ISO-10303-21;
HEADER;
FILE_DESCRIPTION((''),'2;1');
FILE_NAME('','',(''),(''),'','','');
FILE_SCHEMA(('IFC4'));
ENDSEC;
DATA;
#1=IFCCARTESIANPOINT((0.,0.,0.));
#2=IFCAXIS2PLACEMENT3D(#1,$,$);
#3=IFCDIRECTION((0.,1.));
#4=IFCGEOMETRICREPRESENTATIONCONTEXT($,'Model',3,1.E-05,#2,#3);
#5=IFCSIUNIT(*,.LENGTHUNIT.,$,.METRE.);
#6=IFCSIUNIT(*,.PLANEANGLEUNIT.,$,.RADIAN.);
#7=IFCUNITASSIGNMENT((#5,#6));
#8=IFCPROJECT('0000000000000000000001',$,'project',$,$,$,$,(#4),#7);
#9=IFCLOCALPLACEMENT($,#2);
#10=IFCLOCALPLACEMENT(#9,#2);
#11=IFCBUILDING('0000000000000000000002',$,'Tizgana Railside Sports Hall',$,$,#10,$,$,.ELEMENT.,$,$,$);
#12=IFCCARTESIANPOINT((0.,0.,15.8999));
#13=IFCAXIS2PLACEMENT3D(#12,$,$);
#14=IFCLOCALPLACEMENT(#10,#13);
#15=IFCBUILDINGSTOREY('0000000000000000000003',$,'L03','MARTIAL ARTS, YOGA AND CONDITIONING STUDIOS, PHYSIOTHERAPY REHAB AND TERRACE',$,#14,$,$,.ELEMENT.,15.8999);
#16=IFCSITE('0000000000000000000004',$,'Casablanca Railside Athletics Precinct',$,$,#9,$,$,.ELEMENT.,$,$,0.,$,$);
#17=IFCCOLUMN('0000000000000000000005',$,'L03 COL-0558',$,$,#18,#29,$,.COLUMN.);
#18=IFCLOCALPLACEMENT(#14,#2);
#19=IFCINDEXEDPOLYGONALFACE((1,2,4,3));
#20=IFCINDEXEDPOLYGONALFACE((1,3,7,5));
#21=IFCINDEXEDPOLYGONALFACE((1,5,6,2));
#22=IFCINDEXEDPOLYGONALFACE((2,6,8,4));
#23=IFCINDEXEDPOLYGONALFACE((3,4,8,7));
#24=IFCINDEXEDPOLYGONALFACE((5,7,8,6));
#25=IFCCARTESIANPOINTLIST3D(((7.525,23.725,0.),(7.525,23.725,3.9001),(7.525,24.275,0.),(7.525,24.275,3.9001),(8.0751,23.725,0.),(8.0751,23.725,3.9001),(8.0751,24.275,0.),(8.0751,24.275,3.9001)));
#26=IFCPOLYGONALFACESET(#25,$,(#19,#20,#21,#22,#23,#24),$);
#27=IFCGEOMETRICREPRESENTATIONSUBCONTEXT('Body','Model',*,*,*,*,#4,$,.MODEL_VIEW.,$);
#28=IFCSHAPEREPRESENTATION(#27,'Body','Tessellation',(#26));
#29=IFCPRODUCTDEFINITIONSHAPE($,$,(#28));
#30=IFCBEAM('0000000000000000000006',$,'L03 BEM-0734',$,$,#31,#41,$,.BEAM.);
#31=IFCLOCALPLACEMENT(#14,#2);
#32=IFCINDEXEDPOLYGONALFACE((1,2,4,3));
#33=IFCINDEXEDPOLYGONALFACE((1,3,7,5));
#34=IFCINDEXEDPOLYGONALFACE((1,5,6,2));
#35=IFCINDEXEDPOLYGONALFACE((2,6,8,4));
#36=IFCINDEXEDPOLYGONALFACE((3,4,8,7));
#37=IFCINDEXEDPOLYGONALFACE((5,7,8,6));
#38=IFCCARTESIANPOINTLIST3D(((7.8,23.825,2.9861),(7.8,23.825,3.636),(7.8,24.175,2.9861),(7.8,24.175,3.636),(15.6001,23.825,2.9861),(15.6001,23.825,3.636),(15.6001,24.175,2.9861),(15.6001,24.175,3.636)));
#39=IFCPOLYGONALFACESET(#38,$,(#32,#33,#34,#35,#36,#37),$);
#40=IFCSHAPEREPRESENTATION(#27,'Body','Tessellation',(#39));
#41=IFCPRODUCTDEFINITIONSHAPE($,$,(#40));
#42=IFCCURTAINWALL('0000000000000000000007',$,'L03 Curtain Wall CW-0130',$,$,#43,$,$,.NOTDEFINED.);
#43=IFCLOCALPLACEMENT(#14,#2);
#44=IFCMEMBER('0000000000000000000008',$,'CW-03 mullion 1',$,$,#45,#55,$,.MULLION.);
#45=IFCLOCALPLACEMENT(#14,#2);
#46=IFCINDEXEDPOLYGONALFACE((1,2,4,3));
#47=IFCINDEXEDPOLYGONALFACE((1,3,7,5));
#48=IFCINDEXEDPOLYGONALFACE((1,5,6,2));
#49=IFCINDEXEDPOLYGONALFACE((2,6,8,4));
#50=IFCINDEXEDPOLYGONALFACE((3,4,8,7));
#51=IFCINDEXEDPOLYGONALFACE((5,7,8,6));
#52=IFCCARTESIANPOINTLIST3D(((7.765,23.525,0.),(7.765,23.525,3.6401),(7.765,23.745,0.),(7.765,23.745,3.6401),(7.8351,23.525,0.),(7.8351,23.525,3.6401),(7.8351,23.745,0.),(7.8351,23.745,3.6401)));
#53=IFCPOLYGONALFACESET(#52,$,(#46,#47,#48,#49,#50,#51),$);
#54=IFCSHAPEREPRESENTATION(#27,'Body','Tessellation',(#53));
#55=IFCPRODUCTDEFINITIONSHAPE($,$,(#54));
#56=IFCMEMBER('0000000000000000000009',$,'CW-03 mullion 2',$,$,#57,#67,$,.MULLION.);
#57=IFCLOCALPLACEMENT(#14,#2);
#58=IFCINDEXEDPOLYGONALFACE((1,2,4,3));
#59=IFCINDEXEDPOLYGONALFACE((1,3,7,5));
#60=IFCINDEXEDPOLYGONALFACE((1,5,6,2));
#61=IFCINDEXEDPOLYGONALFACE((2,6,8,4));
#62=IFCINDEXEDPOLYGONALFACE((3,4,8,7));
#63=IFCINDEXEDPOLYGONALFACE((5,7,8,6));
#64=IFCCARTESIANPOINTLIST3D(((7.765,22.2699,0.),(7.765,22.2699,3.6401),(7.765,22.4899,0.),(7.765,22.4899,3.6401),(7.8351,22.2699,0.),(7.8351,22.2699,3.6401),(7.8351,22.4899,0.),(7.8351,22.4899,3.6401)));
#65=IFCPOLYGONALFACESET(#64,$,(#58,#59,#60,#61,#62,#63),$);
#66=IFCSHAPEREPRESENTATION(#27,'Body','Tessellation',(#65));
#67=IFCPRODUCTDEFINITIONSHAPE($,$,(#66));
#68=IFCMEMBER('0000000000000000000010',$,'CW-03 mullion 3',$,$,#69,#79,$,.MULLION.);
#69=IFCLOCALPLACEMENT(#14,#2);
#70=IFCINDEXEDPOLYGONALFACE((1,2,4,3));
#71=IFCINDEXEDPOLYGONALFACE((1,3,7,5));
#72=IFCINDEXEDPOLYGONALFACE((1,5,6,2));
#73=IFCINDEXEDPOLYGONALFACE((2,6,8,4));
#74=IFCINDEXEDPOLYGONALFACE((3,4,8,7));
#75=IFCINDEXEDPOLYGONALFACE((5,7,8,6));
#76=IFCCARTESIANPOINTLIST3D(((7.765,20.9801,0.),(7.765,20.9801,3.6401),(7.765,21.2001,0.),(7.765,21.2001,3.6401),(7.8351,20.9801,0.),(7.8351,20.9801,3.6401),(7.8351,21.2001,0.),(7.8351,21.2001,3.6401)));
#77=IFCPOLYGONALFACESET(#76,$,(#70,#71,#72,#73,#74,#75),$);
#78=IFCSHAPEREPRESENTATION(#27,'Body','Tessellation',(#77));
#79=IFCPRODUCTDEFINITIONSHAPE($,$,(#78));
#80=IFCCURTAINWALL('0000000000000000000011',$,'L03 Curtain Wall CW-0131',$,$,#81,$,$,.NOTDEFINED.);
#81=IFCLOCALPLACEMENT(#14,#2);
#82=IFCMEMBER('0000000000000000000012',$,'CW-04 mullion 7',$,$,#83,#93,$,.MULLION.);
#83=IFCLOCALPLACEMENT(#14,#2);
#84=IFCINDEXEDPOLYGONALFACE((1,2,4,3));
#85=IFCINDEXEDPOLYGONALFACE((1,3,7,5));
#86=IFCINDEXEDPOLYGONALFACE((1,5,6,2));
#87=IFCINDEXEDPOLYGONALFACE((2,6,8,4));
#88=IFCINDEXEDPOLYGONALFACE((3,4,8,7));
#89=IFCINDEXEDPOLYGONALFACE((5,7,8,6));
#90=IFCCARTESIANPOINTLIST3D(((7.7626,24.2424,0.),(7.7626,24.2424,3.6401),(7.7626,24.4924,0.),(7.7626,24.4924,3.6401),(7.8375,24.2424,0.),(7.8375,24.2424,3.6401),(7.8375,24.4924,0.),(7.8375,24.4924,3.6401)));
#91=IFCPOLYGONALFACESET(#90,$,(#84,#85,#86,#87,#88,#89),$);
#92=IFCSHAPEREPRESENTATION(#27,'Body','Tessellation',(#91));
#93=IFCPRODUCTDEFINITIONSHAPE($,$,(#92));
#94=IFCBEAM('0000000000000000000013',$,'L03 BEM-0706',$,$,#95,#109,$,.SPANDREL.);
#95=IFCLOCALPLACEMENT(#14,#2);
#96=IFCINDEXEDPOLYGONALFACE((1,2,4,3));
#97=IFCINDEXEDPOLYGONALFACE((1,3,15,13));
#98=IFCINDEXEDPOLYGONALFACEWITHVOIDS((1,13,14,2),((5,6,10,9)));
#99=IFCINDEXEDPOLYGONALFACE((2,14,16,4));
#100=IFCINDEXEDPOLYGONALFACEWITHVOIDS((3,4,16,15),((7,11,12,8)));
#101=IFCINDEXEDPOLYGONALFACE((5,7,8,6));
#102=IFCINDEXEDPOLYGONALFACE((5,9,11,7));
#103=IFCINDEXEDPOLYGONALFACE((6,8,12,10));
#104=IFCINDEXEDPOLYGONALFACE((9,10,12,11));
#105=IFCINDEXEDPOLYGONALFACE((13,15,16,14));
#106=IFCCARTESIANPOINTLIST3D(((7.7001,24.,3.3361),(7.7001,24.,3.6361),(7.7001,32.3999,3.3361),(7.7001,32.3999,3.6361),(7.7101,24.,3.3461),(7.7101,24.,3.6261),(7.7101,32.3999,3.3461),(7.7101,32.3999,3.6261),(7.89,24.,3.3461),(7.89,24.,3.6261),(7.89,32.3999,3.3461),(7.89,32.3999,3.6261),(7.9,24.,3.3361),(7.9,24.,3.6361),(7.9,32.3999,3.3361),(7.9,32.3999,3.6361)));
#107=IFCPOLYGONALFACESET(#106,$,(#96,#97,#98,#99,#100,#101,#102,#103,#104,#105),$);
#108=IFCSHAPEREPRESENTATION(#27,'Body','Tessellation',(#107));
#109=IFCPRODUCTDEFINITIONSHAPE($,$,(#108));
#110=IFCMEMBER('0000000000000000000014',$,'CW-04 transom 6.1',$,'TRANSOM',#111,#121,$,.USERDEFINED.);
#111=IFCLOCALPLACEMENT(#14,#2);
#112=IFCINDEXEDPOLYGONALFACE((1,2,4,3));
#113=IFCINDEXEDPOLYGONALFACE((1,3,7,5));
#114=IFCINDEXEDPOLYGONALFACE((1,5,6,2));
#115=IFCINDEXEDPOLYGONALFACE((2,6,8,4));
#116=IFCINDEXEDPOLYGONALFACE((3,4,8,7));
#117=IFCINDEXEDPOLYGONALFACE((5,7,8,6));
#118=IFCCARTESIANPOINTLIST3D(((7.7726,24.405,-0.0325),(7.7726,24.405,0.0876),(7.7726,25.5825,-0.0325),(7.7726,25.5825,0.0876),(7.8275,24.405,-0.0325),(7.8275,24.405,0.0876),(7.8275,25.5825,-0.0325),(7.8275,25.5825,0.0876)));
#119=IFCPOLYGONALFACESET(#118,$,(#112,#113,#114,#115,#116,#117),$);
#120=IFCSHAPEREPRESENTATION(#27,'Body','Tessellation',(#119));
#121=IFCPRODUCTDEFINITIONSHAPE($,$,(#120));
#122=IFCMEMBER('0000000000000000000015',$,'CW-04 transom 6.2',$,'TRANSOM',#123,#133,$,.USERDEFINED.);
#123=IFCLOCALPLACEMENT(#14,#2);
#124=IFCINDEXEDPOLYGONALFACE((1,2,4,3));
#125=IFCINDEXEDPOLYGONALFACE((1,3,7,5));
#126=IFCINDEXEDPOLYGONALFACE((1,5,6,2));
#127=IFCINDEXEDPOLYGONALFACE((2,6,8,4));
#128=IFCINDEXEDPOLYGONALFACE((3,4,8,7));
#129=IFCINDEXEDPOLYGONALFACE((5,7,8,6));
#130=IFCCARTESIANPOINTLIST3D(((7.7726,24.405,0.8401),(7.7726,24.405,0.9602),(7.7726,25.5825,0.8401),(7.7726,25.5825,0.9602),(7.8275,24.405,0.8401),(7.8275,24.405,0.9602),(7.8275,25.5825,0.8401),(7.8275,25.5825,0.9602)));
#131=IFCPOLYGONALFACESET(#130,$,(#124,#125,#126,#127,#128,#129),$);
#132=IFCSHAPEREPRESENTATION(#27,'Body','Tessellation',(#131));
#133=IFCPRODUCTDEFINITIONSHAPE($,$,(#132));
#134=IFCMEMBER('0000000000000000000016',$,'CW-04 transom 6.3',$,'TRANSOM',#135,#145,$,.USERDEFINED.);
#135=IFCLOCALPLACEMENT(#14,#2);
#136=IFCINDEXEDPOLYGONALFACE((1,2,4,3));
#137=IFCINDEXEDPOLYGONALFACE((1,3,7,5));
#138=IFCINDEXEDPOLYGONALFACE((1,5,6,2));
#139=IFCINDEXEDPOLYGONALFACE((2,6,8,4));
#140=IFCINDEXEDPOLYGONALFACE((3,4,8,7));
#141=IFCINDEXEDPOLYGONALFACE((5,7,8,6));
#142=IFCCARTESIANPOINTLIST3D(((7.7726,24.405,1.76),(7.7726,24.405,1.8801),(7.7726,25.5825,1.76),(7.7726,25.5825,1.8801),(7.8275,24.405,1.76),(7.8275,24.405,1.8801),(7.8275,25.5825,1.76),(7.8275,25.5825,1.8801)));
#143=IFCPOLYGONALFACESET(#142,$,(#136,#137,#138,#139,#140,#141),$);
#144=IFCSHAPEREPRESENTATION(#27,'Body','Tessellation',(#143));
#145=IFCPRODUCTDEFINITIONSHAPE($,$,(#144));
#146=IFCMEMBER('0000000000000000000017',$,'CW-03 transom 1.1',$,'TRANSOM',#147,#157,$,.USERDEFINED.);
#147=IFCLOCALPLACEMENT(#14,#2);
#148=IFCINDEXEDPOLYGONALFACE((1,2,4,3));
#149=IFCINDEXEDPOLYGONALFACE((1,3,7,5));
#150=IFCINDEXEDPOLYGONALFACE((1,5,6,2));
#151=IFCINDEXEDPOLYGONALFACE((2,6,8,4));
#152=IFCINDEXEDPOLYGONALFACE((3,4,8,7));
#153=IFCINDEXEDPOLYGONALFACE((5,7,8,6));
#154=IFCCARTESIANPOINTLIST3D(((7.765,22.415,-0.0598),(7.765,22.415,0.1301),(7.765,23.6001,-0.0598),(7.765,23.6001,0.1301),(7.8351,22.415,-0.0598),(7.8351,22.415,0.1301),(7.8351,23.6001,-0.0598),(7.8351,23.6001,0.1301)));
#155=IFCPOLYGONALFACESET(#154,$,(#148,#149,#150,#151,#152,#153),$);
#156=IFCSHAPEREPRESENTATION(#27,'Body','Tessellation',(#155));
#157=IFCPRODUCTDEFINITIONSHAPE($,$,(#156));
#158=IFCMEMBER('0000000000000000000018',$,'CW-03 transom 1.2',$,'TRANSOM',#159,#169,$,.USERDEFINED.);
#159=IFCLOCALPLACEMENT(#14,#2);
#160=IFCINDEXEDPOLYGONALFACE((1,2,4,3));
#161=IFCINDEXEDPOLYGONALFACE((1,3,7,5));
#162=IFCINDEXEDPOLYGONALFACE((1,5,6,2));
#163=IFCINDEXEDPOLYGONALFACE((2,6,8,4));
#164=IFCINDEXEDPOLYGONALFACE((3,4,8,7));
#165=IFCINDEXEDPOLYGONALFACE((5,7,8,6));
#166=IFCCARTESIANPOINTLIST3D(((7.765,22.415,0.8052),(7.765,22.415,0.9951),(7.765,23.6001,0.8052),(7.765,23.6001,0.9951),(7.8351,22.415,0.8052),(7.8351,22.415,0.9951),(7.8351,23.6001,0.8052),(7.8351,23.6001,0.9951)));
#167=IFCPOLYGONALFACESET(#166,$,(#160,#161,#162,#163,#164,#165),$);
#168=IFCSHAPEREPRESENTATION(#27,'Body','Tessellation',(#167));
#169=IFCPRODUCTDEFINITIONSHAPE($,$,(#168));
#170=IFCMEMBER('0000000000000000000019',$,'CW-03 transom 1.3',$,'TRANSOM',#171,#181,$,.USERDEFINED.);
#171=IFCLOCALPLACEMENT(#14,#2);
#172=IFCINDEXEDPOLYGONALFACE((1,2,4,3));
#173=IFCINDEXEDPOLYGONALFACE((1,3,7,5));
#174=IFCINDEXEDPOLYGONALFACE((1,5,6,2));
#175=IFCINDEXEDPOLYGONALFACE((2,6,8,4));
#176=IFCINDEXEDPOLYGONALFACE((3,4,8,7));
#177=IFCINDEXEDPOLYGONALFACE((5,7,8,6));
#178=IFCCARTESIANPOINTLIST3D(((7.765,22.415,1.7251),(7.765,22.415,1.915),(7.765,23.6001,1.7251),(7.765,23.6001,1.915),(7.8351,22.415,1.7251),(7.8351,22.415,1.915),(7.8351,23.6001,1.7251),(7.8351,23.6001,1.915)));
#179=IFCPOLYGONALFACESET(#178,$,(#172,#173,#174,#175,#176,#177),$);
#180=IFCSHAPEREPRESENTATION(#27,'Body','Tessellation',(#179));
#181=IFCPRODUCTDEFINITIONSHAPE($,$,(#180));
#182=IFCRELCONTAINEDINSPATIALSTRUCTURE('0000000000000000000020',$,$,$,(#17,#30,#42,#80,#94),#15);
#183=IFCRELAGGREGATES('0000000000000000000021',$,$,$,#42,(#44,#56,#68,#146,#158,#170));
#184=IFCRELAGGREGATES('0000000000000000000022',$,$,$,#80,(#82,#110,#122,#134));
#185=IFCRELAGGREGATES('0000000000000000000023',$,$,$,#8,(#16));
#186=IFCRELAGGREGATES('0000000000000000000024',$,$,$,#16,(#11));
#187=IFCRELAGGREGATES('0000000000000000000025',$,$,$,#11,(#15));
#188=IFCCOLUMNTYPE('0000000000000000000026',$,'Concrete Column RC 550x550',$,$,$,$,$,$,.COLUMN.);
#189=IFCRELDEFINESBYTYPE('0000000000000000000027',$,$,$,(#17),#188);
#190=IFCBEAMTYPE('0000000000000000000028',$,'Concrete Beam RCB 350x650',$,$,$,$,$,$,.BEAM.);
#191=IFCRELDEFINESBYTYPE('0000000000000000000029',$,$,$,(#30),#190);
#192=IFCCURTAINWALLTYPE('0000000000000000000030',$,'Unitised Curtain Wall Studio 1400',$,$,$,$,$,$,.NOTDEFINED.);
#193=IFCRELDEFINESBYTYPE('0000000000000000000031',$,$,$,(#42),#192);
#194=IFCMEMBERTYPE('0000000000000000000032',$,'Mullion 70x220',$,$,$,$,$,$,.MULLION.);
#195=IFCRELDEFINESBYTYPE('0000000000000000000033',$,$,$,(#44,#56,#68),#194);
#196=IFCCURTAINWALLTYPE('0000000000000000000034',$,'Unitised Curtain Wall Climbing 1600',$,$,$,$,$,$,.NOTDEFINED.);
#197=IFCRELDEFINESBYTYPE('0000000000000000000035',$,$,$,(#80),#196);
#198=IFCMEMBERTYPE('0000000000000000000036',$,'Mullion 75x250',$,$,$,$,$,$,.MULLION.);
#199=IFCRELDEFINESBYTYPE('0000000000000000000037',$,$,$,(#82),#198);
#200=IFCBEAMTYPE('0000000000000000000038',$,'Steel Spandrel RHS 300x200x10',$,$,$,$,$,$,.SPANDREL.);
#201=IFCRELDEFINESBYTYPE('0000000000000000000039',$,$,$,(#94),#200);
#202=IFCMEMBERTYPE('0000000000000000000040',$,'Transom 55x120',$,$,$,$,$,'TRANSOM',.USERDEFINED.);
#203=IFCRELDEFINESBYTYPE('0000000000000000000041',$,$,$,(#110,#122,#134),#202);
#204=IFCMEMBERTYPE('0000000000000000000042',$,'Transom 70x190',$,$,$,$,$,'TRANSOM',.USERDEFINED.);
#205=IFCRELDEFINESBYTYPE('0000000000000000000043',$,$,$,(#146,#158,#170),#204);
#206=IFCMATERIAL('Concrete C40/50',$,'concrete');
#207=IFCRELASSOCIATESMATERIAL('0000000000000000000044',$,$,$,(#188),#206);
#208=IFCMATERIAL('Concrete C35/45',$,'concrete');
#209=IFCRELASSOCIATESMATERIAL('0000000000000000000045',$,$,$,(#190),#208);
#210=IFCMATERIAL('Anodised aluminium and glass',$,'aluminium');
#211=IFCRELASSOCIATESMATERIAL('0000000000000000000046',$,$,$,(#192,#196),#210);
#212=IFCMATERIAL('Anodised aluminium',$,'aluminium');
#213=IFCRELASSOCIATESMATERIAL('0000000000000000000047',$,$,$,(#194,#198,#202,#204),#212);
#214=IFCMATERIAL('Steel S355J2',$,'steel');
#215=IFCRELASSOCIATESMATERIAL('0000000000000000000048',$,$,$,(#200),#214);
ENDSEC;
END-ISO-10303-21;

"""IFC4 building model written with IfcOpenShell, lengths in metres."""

from ifc_helpers import new_model, si_unit, direction, frame, origin, origin_2d, place, context, subcontext, project, spatial, rectangle, hollow_rectangle, extrude, material, material_profile, profile_set, type_object, element, aggregate, save


model = new_model("IFC4")

# Units and contexts
model_context = context("Model", 3, precision=1e-05, world=origin(), true_north=direction((0.0, 1.0)))
body_context = subcontext(model_context, "Body", "Model", "MODEL_VIEW")
ifc_project = project(units=[si_unit("LENGTHUNIT", "METRE"), si_unit("PLANEANGLEUNIT", "RADIAN")], contexts=[model_context])

# Site, building, storey
site_placement = place(None, origin())
site = spatial("IfcSite", under=ifc_project, at=site_placement, Name="Casablanca Railside Athletics Precinct", CompositionType="ELEMENT", RefElevation=0.0)
building_placement = place(site_placement, origin())
building = spatial("IfcBuilding", under=site, at=building_placement, Name="Tizgana Railside Sports Hall", CompositionType="ELEMENT")
storey_placement = place(building_placement, frame((0.0, 0.0, 15.8999)))
storey = spatial("IfcBuildingStorey", under=building, at=storey_placement, Name="L03", Description="MARTIAL ARTS, YOGA AND CONDITIONING STUDIOS, PHYSIOTHERAPY REHAB AND TERRACE", CompositionType="ELEMENT", Elevation=15.8999)

# Column
ifc_material_1 = material(Name="Concrete C40/50", Category="concrete")
ifc_material_profile_1 = material_profile(ifc_material_1, rectangle(XDim=0.55, YDim=0.55, at=origin_2d()), Name="RC 550x550")
ifc_profile_set_1 = profile_set([ifc_material_profile_1], Name="Concrete C40/50")
column_type = type_object("IfcColumnType", Name="Concrete Column RC 550x550", PredefinedType="COLUMN", material=ifc_profile_set_1)
column_placement = place(storey_placement, frame((7.8, 24.0, 0.0), z_axis=(0.0, 0.0, 1.0), x_axis=(1.0, 0.0, 0.0)))
element("IfcColumn", 1, at=column_placement, inside=storey, type_object=column_type, Name="L03 COL-0558", PredefinedType="COLUMN", context=body_context, shape_type="SweptSolid", body=[
    extrude(rectangle(XDim=0.55, YDim=0.55, at=origin_2d()), origin(), (0.0, 0.0, 1.0), 3.9001),
])

# Beam
ifc_material_2 = material(Name="Concrete C35/45", Category="concrete")
ifc_material_profile_2 = material_profile(ifc_material_2, rectangle(XDim=0.3501, YDim=0.6499, at=origin_2d()), Name="RCB 350x650")
ifc_profile_set_2 = profile_set([ifc_material_profile_2], Name="Concrete C35/45")
beam_type_1 = type_object("IfcBeamType", Name="Concrete Beam RCB 350x650", PredefinedType="BEAM", material=ifc_profile_set_2)
beam_1_placement = place(storey_placement, frame((7.8, 24.0, 3.311), z_axis=(1.0, 0.0, 0.0), x_axis=(0.0, 1.0, 0.0)))
element("IfcBeam", 2, at=beam_1_placement, inside=storey, type_object=beam_type_1, Name="L03 BEM-0734", PredefinedType="BEAM", context=body_context, shape_type="SweptSolid", body=[
    extrude(rectangle(XDim=0.3501, YDim=0.6499, at=origin_2d()), origin(), (0.0, 0.0, 1.0), 7.8),
])

# Curtain wall, members
ifc_material_3 = material(Name="Anodised aluminium and glass", Category="aluminium")
curtain_wall_type_1 = type_object("IfcCurtainWallType", Name="Unitised Curtain Wall Studio 1400", PredefinedType="NOTDEFINED", material=ifc_material_3)
curtain_wall_1_placement = place(storey_placement, origin())
curtain_wall_1 = element("IfcCurtainWall", 3, at=curtain_wall_1_placement, inside=storey, type_object=curtain_wall_type_1, Name="L03 Curtain Wall CW-0130", PredefinedType="NOTDEFINED")
ifc_material_4 = material(Name="Anodised aluminium", Category="aluminium")
ifc_material_profile_3 = material_profile(ifc_material_4, rectangle(XDim=0.0701, YDim=0.22, at=origin_2d()), Name="Mullion 70x220")
ifc_profile_set_3 = profile_set([ifc_material_profile_3], Name="Anodised aluminium")
member_type_1 = type_object("IfcMemberType", Name="Mullion 70x220", PredefinedType="MULLION", material=ifc_profile_set_3)
member_1_placement = place(storey_placement, frame((7.8, 23.635, 0.0), z_axis=(0.0, 0.0, 1.0), x_axis=(1.0, 0.0, 0.0)))
member_1 = element("IfcMember", 4, at=member_1_placement, type_object=member_type_1, Name="CW-03 mullion 1", PredefinedType="MULLION", context=body_context, shape_type="SweptSolid", body=[
    extrude(rectangle(XDim=0.0701, YDim=0.22, at=origin_2d()), origin(), (0.0, 0.0, 1.0), 3.6401),
])
member_2_placement = place(storey_placement, frame((7.8, 22.3799, 0.0), z_axis=(0.0, 0.0, 1.0), x_axis=(1.0, 0.0, 0.0)))
member_2 = element("IfcMember", 5, at=member_2_placement, type_object=member_type_1, Name="CW-03 mullion 2", PredefinedType="MULLION", context=body_context, shape_type="SweptSolid", body=[
    extrude(rectangle(XDim=0.0701, YDim=0.22, at=origin_2d()), origin(), (0.0, 0.0, 1.0), 3.6401),
])
member_3_placement = place(storey_placement, frame((7.8, 21.0901, 0.0), z_axis=(0.0, 0.0, 1.0), x_axis=(1.0, 0.0, 0.0)))
member_3 = element("IfcMember", 6, at=member_3_placement, type_object=member_type_1, Name="CW-03 mullion 3", PredefinedType="MULLION", context=body_context, shape_type="SweptSolid", body=[
    extrude(rectangle(XDim=0.0701, YDim=0.22, at=origin_2d()), origin(), (0.0, 0.0, 1.0), 3.6401),
])

# Curtain wall, member
curtain_wall_type_2 = type_object("IfcCurtainWallType", Name="Unitised Curtain Wall Climbing 1600", PredefinedType="NOTDEFINED", material=ifc_material_3)
curtain_wall_2_placement = place(storey_placement, origin())
curtain_wall_2 = element("IfcCurtainWall", 7, at=curtain_wall_2_placement, inside=storey, type_object=curtain_wall_type_2, Name="L03 Curtain Wall CW-0131", PredefinedType="NOTDEFINED")
ifc_material_profile_4 = material_profile(ifc_material_4, rectangle(XDim=0.075, YDim=0.25, at=origin_2d()), Name="Mullion 75x250")
ifc_profile_set_4 = profile_set([ifc_material_profile_4], Name="Anodised aluminium")
member_type_2 = type_object("IfcMemberType", Name="Mullion 75x250", PredefinedType="MULLION", material=ifc_profile_set_4)
member_4_placement = place(storey_placement, frame((7.8, 24.3674, 0.0), z_axis=(0.0, 0.0, 1.0), x_axis=(1.0, 0.0, 0.0)))
member_4 = element("IfcMember", 8, at=member_4_placement, type_object=member_type_2, Name="CW-04 mullion 7", PredefinedType="MULLION", context=body_context, shape_type="SweptSolid", body=[
    extrude(rectangle(XDim=0.075, YDim=0.25, at=origin_2d()), origin(), (0.0, 0.0, 1.0), 3.6401),
])

# Beam
ifc_material_5 = material(Name="Steel S355J2", Category="steel")
ifc_material_profile_5 = material_profile(ifc_material_5, hollow_rectangle(XDim=0.2, YDim=0.3, WallThickness=0.01, at=origin_2d()), Name="RHS 300x200x10")
ifc_profile_set_5 = profile_set([ifc_material_profile_5], Name="Steel S355J2")
beam_type_2 = type_object("IfcBeamType", Name="Steel Spandrel RHS 300x200x10", PredefinedType="SPANDREL", material=ifc_profile_set_5)
beam_2_placement = place(storey_placement, frame((7.8, 24.0, 3.4861), z_axis=(0.0, 1.0, 0.0), x_axis=(-1.0, 0.0, 0.0)))
element("IfcBeam", 9, at=beam_2_placement, inside=storey, type_object=beam_type_2, Name="L03 BEM-0706", PredefinedType="SPANDREL", context=body_context, shape_type="SweptSolid", body=[
    extrude(hollow_rectangle(XDim=0.2, YDim=0.3, WallThickness=0.01, at=origin_2d()), origin(), (0.0, 0.0, 1.0), 8.3999),
])

# Members
ifc_material_profile_6 = material_profile(ifc_material_4, rectangle(XDim=0.0549, YDim=0.1201, at=origin_2d()), Name="Transom 55x120")
ifc_profile_set_6 = profile_set([ifc_material_profile_6], Name="Anodised aluminium")
member_type_3 = type_object("IfcMemberType", Name="Transom 55x120", ElementType="TRANSOM", PredefinedType="USERDEFINED", material=ifc_profile_set_6)
member_5_placement = place(storey_placement, frame((7.8, 25.5825, 0.0276), z_axis=(0.0, -1.0, 0.0), x_axis=(1.0, 0.0, 0.0)))
member_5 = element("IfcMember", 10, at=member_5_placement, type_object=member_type_3, Name="CW-04 transom 6.1", ObjectType="TRANSOM", PredefinedType="USERDEFINED", context=body_context, shape_type="SweptSolid", body=[
    extrude(rectangle(XDim=0.0549, YDim=0.1201, at=origin_2d()), origin(), (0.0, 0.0, 1.0), 1.1775),
])
member_6_placement = place(storey_placement, frame((7.8, 25.5825, 0.9001), z_axis=(0.0, -1.0, 0.0), x_axis=(1.0, 0.0, 0.0)))
member_6 = element("IfcMember", 11, at=member_6_placement, type_object=member_type_3, Name="CW-04 transom 6.2", ObjectType="TRANSOM", PredefinedType="USERDEFINED", context=body_context, shape_type="SweptSolid", body=[
    extrude(rectangle(XDim=0.0549, YDim=0.1201, at=origin_2d()), origin(), (0.0, 0.0, 1.0), 1.1775),
])
member_7_placement = place(storey_placement, frame((7.8, 25.5825, 1.8201), z_axis=(0.0, -1.0, 0.0), x_axis=(1.0, 0.0, 0.0)))
member_7 = element("IfcMember", 12, at=member_7_placement, type_object=member_type_3, Name="CW-04 transom 6.3", ObjectType="TRANSOM", PredefinedType="USERDEFINED", context=body_context, shape_type="SweptSolid", body=[
    extrude(rectangle(XDim=0.0549, YDim=0.1201, at=origin_2d()), origin(), (0.0, 0.0, 1.0), 1.1775),
])
ifc_material_profile_7 = material_profile(ifc_material_4, rectangle(XDim=0.0701, YDim=0.1899, at=origin_2d()), Name="Transom 70x190")
ifc_profile_set_7 = profile_set([ifc_material_profile_7], Name="Anodised aluminium")
member_type_4 = type_object("IfcMemberType", Name="Transom 70x190", ElementType="TRANSOM", PredefinedType="USERDEFINED", material=ifc_profile_set_7)
member_8_placement = place(storey_placement, frame((7.8, 23.6001, 0.0352), z_axis=(0.0, -1.0, 0.0), x_axis=(1.0, 0.0, 0.0)))
member_8 = element("IfcMember", 13, at=member_8_placement, type_object=member_type_4, Name="CW-03 transom 1.1", ObjectType="TRANSOM", PredefinedType="USERDEFINED", context=body_context, shape_type="SweptSolid", body=[
    extrude(rectangle(XDim=0.0701, YDim=0.1899, at=origin_2d()), origin(), (0.0, 0.0, 1.0), 1.1851),
])
member_9_placement = place(storey_placement, frame((7.8, 23.6001, 0.9001), z_axis=(0.0, -1.0, 0.0), x_axis=(1.0, 0.0, 0.0)))
member_9 = element("IfcMember", 14, at=member_9_placement, type_object=member_type_4, Name="CW-03 transom 1.2", ObjectType="TRANSOM", PredefinedType="USERDEFINED", context=body_context, shape_type="SweptSolid", body=[
    extrude(rectangle(XDim=0.0701, YDim=0.1899, at=origin_2d()), origin(), (0.0, 0.0, 1.0), 1.1851),
])
member_10_placement = place(storey_placement, frame((7.8, 23.6001, 1.8201), z_axis=(0.0, -1.0, 0.0), x_axis=(1.0, 0.0, 0.0)))
member_10 = element("IfcMember", 15, at=member_10_placement, type_object=member_type_4, Name="CW-03 transom 1.3", ObjectType="TRANSOM", PredefinedType="USERDEFINED", context=body_context, shape_type="SweptSolid", body=[
    extrude(rectangle(XDim=0.0701, YDim=0.1899, at=origin_2d()), origin(), (0.0, 0.0, 1.0), 1.1851),
])

aggregate(curtain_wall_1, [member_1, member_2, member_3, member_8, member_9, member_10])
aggregate(curtain_wall_2, [member_4, member_5, member_6, member_7])

save(model, "model.ifc")
